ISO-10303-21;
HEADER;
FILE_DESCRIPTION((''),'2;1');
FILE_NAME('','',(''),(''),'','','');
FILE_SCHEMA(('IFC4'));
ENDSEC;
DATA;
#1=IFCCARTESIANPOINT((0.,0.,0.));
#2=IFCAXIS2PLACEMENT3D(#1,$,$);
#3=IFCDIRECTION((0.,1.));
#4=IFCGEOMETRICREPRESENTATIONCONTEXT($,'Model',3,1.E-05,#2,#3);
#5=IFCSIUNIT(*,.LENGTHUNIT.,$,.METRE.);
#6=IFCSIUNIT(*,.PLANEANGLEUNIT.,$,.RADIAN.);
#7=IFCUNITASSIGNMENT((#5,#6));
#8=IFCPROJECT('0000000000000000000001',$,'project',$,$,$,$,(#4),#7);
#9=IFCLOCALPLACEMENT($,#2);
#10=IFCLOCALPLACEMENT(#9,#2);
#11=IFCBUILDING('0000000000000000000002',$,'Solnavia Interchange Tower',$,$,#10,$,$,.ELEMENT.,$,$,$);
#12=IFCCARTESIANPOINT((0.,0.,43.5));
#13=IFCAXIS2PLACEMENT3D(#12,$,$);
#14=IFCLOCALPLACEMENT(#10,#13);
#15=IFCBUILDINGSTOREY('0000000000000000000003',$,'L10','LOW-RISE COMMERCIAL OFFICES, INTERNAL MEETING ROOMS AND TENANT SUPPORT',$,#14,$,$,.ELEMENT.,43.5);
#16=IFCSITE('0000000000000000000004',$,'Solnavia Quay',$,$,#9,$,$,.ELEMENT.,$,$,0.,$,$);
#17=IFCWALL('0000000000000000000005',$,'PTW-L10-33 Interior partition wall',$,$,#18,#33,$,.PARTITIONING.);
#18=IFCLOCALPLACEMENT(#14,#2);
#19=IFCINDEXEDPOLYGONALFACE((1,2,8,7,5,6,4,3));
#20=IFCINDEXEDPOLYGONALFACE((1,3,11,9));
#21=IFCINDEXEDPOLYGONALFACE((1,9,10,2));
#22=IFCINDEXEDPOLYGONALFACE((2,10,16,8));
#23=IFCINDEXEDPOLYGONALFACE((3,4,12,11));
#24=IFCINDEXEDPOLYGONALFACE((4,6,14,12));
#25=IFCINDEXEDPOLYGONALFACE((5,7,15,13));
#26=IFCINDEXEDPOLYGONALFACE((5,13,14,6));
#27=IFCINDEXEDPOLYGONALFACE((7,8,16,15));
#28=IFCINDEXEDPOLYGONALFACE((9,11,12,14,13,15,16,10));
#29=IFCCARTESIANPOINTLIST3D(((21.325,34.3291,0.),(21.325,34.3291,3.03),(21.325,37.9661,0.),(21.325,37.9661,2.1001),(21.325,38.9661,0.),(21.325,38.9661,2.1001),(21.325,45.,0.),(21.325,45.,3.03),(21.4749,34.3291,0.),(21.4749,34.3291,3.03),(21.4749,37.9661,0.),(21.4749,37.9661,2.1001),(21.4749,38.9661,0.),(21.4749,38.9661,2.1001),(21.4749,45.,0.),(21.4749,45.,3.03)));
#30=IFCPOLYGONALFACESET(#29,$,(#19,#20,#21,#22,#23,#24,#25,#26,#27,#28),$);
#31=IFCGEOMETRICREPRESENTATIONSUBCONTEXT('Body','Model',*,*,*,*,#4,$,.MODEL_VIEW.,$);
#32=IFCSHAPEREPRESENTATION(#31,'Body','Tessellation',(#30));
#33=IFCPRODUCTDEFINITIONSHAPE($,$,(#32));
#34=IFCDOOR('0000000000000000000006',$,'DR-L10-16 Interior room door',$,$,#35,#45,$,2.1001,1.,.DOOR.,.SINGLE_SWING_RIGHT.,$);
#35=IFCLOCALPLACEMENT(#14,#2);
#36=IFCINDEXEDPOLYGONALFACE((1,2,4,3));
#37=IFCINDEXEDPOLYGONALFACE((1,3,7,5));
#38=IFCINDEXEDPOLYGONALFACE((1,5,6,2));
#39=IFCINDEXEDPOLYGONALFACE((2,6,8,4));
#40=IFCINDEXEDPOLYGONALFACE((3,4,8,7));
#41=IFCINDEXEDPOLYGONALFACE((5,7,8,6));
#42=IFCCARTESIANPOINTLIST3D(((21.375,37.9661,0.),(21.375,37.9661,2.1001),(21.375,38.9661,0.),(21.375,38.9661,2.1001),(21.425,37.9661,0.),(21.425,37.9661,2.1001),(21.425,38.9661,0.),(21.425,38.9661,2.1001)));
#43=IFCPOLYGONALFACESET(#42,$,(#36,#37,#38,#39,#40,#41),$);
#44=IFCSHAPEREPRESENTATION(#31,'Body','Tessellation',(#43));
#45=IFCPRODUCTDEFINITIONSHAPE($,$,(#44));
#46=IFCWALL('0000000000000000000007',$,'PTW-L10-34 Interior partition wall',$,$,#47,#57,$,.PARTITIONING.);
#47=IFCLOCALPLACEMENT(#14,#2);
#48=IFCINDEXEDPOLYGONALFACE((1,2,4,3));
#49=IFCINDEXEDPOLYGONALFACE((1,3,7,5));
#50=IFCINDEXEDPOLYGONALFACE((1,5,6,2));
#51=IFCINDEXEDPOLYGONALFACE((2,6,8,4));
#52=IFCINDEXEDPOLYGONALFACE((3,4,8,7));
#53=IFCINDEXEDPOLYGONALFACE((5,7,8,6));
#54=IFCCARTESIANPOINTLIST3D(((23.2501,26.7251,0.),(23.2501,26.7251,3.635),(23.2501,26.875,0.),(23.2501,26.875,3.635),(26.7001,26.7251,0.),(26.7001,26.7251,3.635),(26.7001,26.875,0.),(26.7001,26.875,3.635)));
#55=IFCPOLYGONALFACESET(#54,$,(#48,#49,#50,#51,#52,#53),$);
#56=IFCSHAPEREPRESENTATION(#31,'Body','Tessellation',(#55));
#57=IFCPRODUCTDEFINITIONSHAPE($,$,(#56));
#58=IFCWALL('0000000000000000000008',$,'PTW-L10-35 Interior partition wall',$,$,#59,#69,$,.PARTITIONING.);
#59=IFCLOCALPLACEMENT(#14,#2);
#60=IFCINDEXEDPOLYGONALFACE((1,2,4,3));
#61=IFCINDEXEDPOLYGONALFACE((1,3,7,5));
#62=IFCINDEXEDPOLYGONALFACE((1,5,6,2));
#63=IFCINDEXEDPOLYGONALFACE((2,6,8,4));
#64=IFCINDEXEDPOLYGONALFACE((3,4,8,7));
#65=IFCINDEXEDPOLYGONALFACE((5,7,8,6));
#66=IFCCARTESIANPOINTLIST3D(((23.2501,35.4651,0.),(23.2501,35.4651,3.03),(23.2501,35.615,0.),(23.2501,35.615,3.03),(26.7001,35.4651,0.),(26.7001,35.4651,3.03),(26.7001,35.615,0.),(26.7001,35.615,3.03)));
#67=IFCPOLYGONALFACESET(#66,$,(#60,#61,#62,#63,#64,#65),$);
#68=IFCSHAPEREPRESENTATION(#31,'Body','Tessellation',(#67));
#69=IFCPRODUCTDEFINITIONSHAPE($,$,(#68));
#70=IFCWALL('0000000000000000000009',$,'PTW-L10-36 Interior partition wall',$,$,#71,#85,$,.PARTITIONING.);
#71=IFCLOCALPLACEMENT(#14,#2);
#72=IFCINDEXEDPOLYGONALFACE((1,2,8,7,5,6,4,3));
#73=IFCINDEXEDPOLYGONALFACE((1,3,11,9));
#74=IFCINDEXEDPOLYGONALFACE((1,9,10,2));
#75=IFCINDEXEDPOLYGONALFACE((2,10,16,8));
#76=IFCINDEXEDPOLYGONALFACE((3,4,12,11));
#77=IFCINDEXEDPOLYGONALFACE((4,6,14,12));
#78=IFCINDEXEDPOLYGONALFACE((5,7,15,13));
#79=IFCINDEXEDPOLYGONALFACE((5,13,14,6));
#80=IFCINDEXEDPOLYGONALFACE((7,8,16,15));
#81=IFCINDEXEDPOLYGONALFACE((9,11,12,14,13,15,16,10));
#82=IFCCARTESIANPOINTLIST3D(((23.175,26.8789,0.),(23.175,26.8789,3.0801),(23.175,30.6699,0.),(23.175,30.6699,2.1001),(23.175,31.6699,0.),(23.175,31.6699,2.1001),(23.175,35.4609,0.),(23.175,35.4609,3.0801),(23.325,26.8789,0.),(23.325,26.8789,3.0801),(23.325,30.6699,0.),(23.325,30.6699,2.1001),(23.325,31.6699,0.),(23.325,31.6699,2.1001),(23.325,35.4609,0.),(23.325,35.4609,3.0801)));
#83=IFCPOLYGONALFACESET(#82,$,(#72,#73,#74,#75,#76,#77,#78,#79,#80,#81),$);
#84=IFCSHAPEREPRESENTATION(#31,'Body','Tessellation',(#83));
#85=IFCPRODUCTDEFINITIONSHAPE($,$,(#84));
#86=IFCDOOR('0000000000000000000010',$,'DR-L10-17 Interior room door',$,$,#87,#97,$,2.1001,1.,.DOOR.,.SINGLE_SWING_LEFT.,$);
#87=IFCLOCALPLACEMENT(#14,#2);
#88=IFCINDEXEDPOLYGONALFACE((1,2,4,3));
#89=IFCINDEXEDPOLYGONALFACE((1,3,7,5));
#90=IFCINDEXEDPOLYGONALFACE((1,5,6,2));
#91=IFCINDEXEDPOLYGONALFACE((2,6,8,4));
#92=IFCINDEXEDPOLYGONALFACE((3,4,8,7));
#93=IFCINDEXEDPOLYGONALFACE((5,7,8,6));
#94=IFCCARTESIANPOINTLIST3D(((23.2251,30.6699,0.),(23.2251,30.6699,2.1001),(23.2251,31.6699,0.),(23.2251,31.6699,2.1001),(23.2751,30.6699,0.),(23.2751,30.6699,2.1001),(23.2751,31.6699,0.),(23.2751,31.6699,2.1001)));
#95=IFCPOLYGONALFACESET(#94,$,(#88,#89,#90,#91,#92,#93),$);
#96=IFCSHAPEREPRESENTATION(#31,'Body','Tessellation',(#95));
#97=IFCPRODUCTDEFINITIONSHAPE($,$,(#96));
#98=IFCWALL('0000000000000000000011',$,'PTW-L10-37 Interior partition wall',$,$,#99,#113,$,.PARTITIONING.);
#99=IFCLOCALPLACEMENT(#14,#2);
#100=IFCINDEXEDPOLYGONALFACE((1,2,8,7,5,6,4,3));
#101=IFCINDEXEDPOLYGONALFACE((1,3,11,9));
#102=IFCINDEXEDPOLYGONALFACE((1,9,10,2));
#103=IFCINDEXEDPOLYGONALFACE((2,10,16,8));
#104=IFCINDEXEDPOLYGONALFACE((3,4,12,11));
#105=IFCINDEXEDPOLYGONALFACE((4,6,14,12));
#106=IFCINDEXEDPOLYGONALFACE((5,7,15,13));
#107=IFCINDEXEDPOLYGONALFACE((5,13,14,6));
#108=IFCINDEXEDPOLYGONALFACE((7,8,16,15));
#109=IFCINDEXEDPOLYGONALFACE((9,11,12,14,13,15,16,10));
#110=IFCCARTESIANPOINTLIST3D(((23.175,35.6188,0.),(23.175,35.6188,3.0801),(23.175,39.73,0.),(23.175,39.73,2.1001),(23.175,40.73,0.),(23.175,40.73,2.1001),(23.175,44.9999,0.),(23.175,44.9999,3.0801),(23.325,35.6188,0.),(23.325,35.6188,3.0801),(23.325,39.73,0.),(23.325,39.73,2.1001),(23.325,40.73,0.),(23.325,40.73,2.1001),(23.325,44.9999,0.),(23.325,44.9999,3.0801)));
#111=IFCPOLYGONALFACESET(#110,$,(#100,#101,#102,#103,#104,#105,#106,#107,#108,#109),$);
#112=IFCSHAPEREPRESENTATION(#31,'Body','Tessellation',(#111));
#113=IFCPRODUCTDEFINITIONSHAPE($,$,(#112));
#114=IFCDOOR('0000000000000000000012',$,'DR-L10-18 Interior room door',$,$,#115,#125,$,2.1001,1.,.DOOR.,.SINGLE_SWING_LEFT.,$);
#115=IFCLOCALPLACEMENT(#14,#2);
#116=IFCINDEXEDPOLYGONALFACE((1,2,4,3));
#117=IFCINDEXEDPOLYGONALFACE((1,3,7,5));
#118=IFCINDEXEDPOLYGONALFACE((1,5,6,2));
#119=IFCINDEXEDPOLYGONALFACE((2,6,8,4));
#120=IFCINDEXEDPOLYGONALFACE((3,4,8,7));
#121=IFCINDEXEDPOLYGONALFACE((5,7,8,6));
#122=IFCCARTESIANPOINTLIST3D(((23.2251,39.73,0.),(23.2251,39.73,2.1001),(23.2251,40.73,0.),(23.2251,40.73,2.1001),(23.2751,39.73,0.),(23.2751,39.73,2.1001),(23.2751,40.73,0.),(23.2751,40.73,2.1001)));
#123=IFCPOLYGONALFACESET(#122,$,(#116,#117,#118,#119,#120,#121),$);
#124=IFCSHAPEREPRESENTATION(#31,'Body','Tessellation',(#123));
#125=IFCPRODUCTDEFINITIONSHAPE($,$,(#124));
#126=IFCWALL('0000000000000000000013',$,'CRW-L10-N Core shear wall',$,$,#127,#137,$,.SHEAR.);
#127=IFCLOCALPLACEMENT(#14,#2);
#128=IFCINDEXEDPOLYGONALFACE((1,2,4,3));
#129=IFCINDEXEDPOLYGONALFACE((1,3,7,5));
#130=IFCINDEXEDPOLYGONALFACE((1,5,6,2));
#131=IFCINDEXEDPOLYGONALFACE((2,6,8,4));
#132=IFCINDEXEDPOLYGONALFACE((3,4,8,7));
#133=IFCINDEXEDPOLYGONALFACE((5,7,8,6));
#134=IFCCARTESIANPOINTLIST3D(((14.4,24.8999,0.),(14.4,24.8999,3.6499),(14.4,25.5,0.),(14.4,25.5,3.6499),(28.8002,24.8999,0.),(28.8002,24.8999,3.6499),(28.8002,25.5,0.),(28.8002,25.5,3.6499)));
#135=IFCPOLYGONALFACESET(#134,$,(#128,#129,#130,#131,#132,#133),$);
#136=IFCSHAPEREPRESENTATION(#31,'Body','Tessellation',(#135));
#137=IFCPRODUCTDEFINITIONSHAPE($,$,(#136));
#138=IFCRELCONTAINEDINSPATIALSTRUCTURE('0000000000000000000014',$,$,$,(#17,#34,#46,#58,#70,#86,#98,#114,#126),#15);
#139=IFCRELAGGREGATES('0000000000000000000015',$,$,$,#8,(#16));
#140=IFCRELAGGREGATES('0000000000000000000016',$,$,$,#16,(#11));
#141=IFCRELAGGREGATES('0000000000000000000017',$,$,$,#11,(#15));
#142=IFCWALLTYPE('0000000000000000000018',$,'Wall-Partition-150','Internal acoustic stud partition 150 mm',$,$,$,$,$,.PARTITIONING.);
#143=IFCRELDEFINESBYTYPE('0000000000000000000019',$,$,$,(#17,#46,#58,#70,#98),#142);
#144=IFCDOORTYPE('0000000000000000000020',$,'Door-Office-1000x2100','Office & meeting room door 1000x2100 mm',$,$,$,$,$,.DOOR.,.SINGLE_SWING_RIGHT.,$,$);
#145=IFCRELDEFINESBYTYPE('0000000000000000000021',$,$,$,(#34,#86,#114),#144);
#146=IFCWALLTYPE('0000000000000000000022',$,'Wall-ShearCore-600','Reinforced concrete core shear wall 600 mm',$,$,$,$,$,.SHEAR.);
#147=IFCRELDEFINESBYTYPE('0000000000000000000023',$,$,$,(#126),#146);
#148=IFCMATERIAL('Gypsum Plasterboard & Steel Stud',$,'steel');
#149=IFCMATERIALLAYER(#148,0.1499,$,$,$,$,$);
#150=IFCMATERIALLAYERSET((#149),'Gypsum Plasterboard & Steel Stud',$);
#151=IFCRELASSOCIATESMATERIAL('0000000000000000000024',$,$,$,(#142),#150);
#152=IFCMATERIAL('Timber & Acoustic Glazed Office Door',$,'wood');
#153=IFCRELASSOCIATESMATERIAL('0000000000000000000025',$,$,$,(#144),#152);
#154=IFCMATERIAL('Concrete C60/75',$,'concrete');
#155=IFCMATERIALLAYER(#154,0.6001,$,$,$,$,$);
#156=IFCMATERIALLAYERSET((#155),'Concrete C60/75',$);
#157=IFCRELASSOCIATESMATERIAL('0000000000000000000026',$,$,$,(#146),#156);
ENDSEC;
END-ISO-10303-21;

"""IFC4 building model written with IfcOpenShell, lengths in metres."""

from ifc_helpers import new_model, si_unit, direction, frame, frame_2d, origin, place, context, subcontext, project, spatial, rectangle, extrude, material, layer, layer_set, type_object, element, fill, save


model = new_model("IFC4")

# Units and contexts
model_context = context("Model", 3, precision=1e-05, world=origin(), true_north=direction((0.0, 1.0)))
body_context = subcontext(model_context, "Body", "Model", "MODEL_VIEW")
ifc_project = project(units=[si_unit("LENGTHUNIT", "METRE"), si_unit("PLANEANGLEUNIT", "RADIAN")], contexts=[model_context])

# Site, building, storey
site_placement = place(None, origin())
site = spatial("IfcSite", under=ifc_project, at=site_placement, Name="Solnavia Quay", CompositionType="ELEMENT", RefElevation=0.0)
building_placement = place(site_placement, origin())
building = spatial("IfcBuilding", under=site, at=building_placement, Name="Solnavia Interchange Tower", CompositionType="ELEMENT")
storey_placement = place(building_placement, frame((0.0, 0.0, 43.5)))
storey = spatial("IfcBuildingStorey", under=building, at=storey_placement, Name="L10", Description="LOW-RISE COMMERCIAL OFFICES, INTERNAL MEETING ROOMS AND TENANT SUPPORT", CompositionType="ELEMENT", Elevation=43.5)

# Wall, opening, door
ifc_material_1 = material(Name="Gypsum Plasterboard & Steel Stud", Category="steel")
ifc_layer_1 = layer(ifc_material_1, 0.1499)
ifc_layer_set_1 = layer_set([ifc_layer_1], Name="Gypsum Plasterboard & Steel Stud")
wall_type_1 = type_object("IfcWallType", Name="Wall-Partition-150", Description="Internal acoustic stud partition 150 mm", PredefinedType="PARTITIONING", material=ifc_layer_set_1)
ifc_material_2 = material(Name="Timber & Acoustic Glazed Office Door", Category="wood")
door_type = type_object("IfcDoorType", Name="Door-Office-1000x2100", Description="Office & meeting room door 1000x2100 mm", OperationType="SINGLE_SWING_RIGHT", PredefinedType="DOOR", material=ifc_material_2)
wall_1_placement = place(storey_placement, frame((21.3999, 34.3291, 0.0), z_axis=(0.0, 0.0, 1.0), x_axis=(0.0, 1.0, 0.0)))
wall_1 = element("IfcWall", 1, at=wall_1_placement, inside=storey, type_object=wall_type_1, Name="PTW-L10-33 Interior partition wall", PredefinedType="PARTITIONING", context=body_context, shape_type="SweptSolid", body=[
    extrude(rectangle(XDim=10.6709, YDim=0.1499, at=frame_2d((5.3354, 0.0))), origin(), (0.0, 0.0, 1.0), 3.03),
])
opening_1_placement = place(wall_1_placement, frame((3.637, 0.0, 0.0)))
opening_1 = element("IfcOpeningElement", 2, at=opening_1_placement, cuts=wall_1, PredefinedType="OPENING", context=body_context, shape_type="SweptSolid", body=[
    extrude(rectangle(XDim=1.0, YDim=2.1001, at=frame_2d((0.5, 1.05))), frame((0.0, 0.085, 0.0), z_axis=(0.0, -1.0, 0.0), x_axis=(1.0, 0.0, 0.0)), (0.0, 0.0, 1.0), 0.1699),
])
door_1_placement = place(opening_1_placement, origin())
door_1 = element("IfcDoor", 3, at=door_1_placement, inside=storey, type_object=door_type, Name="DR-L10-16 Interior room door", OperationType="SINGLE_SWING_RIGHT", OverallHeight=2.1001, OverallWidth=1.0, PredefinedType="DOOR", context=body_context, shape_type="SweptSolid", body=[
    extrude(rectangle(XDim=1.0, YDim=2.1001, at=frame_2d((0.5, 1.05))), frame((0.0, 0.0249, 0.0), z_axis=(0.0, -1.0, 0.0), x_axis=(1.0, 0.0, 0.0)), (0.0, 0.0, 1.0), 0.05),
])
fill(opening_1, door_1)

# Walls
wall_2_placement = place(storey_placement, frame((23.25, 26.8, 0.0), z_axis=(0.0, 0.0, 1.0), x_axis=(1.0, 0.0, 0.0)))
element("IfcWall", 4, at=wall_2_placement, inside=storey, type_object=wall_type_1, Name="PTW-L10-34 Interior partition wall", PredefinedType="PARTITIONING", context=body_context, shape_type="SweptSolid", body=[
    extrude(rectangle(XDim=3.45, YDim=0.1499, at=frame_2d((1.7251, 0.0))), origin(), (0.0, 0.0, 1.0), 3.635),
])
wall_3_placement = place(storey_placement, frame((23.25, 35.54, 0.0), z_axis=(0.0, 0.0, 1.0), x_axis=(1.0, 0.0, 0.0)))
element("IfcWall", 5, at=wall_3_placement, inside=storey, type_object=wall_type_1, Name="PTW-L10-35 Interior partition wall", PredefinedType="PARTITIONING", context=body_context, shape_type="SweptSolid", body=[
    extrude(rectangle(XDim=3.45, YDim=0.1499, at=frame_2d((1.7251, 0.0))), origin(), (0.0, 0.0, 1.0), 3.03),
])

# Walls, openings, doors
wall_4_placement = place(storey_placement, frame((23.25, 26.8789, 0.0), z_axis=(0.0, 0.0, 1.0), x_axis=(0.0, 1.0, 0.0)))
wall_4 = element("IfcWall", 6, at=wall_4_placement, inside=storey, type_object=wall_type_1, Name="PTW-L10-36 Interior partition wall", PredefinedType="PARTITIONING", context=body_context, shape_type="SweptSolid", body=[
    extrude(rectangle(XDim=8.582, YDim=0.1499, at=frame_2d((4.291, 0.0))), origin(), (0.0, 0.0, 1.0), 3.0801),
])
opening_2_placement = place(wall_4_placement, frame((3.791, 0.0, 0.0)))
opening_2 = element("IfcOpeningElement", 7, at=opening_2_placement, cuts=wall_4, PredefinedType="OPENING", context=body_context, shape_type="SweptSolid", body=[
    extrude(rectangle(XDim=1.0, YDim=2.1001, at=frame_2d((0.5, 1.05))), frame((0.0, 0.085, 0.0), z_axis=(0.0, -1.0, 0.0), x_axis=(1.0, 0.0, 0.0)), (0.0, 0.0, 1.0), 0.1699),
])
door_2_placement = place(opening_2_placement, origin())
door_2 = element("IfcDoor", 8, at=door_2_placement, inside=storey, type_object=door_type, Name="DR-L10-17 Interior room door", OperationType="SINGLE_SWING_LEFT", OverallHeight=2.1001, OverallWidth=1.0, PredefinedType="DOOR", context=body_context, shape_type="SweptSolid", body=[
    extrude(rectangle(XDim=1.0, YDim=2.1001, at=frame_2d((0.5, 1.05))), frame((0.0, 0.0249, 0.0), z_axis=(0.0, -1.0, 0.0), x_axis=(1.0, 0.0, 0.0)), (0.0, 0.0, 1.0), 0.05),
])
fill(opening_2, door_2)
wall_5_placement = place(storey_placement, frame((23.25, 35.6189, 0.0), z_axis=(0.0, 0.0, 1.0), x_axis=(0.0, 1.0, 0.0)))
wall_5 = element("IfcWall", 9, at=wall_5_placement, inside=storey, type_object=wall_type_1, Name="PTW-L10-37 Interior partition wall", PredefinedType="PARTITIONING", context=body_context, shape_type="SweptSolid", body=[
    extrude(rectangle(XDim=9.3811, YDim=0.1499, at=frame_2d((4.6904, 0.0))), origin(), (0.0, 0.0, 1.0), 3.0801),
])
opening_3_placement = place(wall_5_placement, frame((4.1111, 0.0, 0.0)))
opening_3 = element("IfcOpeningElement", 10, at=opening_3_placement, cuts=wall_5, PredefinedType="OPENING", context=body_context, shape_type="SweptSolid", body=[
    extrude(rectangle(XDim=1.0, YDim=2.1001, at=frame_2d((0.5, 1.05))), frame((0.0, 0.085, 0.0), z_axis=(0.0, -1.0, 0.0), x_axis=(1.0, 0.0, 0.0)), (0.0, 0.0, 1.0), 0.1699),
])
door_3_placement = place(opening_3_placement, origin())
door_3 = element("IfcDoor", 11, at=door_3_placement, inside=storey, type_object=door_type, Name="DR-L10-18 Interior room door", OperationType="SINGLE_SWING_LEFT", OverallHeight=2.1001, OverallWidth=1.0, PredefinedType="DOOR", context=body_context, shape_type="SweptSolid", body=[
    extrude(rectangle(XDim=1.0, YDim=2.1001, at=frame_2d((0.5, 1.05))), frame((0.0, 0.0249, 0.0), z_axis=(0.0, -1.0, 0.0), x_axis=(1.0, 0.0, 0.0)), (0.0, 0.0, 1.0), 0.05),
])
fill(opening_3, door_3)

# Wall
ifc_material_3 = material(Name="Concrete C60/75", Category="concrete")
ifc_layer_2 = layer(ifc_material_3, 0.6001)
ifc_layer_set_2 = layer_set([ifc_layer_2], Name="Concrete C60/75")
wall_type_2 = type_object("IfcWallType", Name="Wall-ShearCore-600", Description="Reinforced concrete core shear wall 600 mm", PredefinedType="SHEAR", material=ifc_layer_set_2)
wall_6_placement = place(storey_placement, frame((14.3999, 25.2, 0.0), z_axis=(0.0, 0.0, 1.0), x_axis=(1.0, 0.0, 0.0)))
element("IfcWall", 12, at=wall_6_placement, inside=storey, type_object=wall_type_2, Name="CRW-L10-N Core shear wall", PredefinedType="SHEAR", context=body_context, shape_type="SweptSolid", body=[
    extrude(rectangle(XDim=14.4001, YDim=0.6001, at=frame_2d((7.2002, 0.0))), origin(), (0.0, 0.0, 1.0), 3.6499),
])

save(model, "model.ifc")
